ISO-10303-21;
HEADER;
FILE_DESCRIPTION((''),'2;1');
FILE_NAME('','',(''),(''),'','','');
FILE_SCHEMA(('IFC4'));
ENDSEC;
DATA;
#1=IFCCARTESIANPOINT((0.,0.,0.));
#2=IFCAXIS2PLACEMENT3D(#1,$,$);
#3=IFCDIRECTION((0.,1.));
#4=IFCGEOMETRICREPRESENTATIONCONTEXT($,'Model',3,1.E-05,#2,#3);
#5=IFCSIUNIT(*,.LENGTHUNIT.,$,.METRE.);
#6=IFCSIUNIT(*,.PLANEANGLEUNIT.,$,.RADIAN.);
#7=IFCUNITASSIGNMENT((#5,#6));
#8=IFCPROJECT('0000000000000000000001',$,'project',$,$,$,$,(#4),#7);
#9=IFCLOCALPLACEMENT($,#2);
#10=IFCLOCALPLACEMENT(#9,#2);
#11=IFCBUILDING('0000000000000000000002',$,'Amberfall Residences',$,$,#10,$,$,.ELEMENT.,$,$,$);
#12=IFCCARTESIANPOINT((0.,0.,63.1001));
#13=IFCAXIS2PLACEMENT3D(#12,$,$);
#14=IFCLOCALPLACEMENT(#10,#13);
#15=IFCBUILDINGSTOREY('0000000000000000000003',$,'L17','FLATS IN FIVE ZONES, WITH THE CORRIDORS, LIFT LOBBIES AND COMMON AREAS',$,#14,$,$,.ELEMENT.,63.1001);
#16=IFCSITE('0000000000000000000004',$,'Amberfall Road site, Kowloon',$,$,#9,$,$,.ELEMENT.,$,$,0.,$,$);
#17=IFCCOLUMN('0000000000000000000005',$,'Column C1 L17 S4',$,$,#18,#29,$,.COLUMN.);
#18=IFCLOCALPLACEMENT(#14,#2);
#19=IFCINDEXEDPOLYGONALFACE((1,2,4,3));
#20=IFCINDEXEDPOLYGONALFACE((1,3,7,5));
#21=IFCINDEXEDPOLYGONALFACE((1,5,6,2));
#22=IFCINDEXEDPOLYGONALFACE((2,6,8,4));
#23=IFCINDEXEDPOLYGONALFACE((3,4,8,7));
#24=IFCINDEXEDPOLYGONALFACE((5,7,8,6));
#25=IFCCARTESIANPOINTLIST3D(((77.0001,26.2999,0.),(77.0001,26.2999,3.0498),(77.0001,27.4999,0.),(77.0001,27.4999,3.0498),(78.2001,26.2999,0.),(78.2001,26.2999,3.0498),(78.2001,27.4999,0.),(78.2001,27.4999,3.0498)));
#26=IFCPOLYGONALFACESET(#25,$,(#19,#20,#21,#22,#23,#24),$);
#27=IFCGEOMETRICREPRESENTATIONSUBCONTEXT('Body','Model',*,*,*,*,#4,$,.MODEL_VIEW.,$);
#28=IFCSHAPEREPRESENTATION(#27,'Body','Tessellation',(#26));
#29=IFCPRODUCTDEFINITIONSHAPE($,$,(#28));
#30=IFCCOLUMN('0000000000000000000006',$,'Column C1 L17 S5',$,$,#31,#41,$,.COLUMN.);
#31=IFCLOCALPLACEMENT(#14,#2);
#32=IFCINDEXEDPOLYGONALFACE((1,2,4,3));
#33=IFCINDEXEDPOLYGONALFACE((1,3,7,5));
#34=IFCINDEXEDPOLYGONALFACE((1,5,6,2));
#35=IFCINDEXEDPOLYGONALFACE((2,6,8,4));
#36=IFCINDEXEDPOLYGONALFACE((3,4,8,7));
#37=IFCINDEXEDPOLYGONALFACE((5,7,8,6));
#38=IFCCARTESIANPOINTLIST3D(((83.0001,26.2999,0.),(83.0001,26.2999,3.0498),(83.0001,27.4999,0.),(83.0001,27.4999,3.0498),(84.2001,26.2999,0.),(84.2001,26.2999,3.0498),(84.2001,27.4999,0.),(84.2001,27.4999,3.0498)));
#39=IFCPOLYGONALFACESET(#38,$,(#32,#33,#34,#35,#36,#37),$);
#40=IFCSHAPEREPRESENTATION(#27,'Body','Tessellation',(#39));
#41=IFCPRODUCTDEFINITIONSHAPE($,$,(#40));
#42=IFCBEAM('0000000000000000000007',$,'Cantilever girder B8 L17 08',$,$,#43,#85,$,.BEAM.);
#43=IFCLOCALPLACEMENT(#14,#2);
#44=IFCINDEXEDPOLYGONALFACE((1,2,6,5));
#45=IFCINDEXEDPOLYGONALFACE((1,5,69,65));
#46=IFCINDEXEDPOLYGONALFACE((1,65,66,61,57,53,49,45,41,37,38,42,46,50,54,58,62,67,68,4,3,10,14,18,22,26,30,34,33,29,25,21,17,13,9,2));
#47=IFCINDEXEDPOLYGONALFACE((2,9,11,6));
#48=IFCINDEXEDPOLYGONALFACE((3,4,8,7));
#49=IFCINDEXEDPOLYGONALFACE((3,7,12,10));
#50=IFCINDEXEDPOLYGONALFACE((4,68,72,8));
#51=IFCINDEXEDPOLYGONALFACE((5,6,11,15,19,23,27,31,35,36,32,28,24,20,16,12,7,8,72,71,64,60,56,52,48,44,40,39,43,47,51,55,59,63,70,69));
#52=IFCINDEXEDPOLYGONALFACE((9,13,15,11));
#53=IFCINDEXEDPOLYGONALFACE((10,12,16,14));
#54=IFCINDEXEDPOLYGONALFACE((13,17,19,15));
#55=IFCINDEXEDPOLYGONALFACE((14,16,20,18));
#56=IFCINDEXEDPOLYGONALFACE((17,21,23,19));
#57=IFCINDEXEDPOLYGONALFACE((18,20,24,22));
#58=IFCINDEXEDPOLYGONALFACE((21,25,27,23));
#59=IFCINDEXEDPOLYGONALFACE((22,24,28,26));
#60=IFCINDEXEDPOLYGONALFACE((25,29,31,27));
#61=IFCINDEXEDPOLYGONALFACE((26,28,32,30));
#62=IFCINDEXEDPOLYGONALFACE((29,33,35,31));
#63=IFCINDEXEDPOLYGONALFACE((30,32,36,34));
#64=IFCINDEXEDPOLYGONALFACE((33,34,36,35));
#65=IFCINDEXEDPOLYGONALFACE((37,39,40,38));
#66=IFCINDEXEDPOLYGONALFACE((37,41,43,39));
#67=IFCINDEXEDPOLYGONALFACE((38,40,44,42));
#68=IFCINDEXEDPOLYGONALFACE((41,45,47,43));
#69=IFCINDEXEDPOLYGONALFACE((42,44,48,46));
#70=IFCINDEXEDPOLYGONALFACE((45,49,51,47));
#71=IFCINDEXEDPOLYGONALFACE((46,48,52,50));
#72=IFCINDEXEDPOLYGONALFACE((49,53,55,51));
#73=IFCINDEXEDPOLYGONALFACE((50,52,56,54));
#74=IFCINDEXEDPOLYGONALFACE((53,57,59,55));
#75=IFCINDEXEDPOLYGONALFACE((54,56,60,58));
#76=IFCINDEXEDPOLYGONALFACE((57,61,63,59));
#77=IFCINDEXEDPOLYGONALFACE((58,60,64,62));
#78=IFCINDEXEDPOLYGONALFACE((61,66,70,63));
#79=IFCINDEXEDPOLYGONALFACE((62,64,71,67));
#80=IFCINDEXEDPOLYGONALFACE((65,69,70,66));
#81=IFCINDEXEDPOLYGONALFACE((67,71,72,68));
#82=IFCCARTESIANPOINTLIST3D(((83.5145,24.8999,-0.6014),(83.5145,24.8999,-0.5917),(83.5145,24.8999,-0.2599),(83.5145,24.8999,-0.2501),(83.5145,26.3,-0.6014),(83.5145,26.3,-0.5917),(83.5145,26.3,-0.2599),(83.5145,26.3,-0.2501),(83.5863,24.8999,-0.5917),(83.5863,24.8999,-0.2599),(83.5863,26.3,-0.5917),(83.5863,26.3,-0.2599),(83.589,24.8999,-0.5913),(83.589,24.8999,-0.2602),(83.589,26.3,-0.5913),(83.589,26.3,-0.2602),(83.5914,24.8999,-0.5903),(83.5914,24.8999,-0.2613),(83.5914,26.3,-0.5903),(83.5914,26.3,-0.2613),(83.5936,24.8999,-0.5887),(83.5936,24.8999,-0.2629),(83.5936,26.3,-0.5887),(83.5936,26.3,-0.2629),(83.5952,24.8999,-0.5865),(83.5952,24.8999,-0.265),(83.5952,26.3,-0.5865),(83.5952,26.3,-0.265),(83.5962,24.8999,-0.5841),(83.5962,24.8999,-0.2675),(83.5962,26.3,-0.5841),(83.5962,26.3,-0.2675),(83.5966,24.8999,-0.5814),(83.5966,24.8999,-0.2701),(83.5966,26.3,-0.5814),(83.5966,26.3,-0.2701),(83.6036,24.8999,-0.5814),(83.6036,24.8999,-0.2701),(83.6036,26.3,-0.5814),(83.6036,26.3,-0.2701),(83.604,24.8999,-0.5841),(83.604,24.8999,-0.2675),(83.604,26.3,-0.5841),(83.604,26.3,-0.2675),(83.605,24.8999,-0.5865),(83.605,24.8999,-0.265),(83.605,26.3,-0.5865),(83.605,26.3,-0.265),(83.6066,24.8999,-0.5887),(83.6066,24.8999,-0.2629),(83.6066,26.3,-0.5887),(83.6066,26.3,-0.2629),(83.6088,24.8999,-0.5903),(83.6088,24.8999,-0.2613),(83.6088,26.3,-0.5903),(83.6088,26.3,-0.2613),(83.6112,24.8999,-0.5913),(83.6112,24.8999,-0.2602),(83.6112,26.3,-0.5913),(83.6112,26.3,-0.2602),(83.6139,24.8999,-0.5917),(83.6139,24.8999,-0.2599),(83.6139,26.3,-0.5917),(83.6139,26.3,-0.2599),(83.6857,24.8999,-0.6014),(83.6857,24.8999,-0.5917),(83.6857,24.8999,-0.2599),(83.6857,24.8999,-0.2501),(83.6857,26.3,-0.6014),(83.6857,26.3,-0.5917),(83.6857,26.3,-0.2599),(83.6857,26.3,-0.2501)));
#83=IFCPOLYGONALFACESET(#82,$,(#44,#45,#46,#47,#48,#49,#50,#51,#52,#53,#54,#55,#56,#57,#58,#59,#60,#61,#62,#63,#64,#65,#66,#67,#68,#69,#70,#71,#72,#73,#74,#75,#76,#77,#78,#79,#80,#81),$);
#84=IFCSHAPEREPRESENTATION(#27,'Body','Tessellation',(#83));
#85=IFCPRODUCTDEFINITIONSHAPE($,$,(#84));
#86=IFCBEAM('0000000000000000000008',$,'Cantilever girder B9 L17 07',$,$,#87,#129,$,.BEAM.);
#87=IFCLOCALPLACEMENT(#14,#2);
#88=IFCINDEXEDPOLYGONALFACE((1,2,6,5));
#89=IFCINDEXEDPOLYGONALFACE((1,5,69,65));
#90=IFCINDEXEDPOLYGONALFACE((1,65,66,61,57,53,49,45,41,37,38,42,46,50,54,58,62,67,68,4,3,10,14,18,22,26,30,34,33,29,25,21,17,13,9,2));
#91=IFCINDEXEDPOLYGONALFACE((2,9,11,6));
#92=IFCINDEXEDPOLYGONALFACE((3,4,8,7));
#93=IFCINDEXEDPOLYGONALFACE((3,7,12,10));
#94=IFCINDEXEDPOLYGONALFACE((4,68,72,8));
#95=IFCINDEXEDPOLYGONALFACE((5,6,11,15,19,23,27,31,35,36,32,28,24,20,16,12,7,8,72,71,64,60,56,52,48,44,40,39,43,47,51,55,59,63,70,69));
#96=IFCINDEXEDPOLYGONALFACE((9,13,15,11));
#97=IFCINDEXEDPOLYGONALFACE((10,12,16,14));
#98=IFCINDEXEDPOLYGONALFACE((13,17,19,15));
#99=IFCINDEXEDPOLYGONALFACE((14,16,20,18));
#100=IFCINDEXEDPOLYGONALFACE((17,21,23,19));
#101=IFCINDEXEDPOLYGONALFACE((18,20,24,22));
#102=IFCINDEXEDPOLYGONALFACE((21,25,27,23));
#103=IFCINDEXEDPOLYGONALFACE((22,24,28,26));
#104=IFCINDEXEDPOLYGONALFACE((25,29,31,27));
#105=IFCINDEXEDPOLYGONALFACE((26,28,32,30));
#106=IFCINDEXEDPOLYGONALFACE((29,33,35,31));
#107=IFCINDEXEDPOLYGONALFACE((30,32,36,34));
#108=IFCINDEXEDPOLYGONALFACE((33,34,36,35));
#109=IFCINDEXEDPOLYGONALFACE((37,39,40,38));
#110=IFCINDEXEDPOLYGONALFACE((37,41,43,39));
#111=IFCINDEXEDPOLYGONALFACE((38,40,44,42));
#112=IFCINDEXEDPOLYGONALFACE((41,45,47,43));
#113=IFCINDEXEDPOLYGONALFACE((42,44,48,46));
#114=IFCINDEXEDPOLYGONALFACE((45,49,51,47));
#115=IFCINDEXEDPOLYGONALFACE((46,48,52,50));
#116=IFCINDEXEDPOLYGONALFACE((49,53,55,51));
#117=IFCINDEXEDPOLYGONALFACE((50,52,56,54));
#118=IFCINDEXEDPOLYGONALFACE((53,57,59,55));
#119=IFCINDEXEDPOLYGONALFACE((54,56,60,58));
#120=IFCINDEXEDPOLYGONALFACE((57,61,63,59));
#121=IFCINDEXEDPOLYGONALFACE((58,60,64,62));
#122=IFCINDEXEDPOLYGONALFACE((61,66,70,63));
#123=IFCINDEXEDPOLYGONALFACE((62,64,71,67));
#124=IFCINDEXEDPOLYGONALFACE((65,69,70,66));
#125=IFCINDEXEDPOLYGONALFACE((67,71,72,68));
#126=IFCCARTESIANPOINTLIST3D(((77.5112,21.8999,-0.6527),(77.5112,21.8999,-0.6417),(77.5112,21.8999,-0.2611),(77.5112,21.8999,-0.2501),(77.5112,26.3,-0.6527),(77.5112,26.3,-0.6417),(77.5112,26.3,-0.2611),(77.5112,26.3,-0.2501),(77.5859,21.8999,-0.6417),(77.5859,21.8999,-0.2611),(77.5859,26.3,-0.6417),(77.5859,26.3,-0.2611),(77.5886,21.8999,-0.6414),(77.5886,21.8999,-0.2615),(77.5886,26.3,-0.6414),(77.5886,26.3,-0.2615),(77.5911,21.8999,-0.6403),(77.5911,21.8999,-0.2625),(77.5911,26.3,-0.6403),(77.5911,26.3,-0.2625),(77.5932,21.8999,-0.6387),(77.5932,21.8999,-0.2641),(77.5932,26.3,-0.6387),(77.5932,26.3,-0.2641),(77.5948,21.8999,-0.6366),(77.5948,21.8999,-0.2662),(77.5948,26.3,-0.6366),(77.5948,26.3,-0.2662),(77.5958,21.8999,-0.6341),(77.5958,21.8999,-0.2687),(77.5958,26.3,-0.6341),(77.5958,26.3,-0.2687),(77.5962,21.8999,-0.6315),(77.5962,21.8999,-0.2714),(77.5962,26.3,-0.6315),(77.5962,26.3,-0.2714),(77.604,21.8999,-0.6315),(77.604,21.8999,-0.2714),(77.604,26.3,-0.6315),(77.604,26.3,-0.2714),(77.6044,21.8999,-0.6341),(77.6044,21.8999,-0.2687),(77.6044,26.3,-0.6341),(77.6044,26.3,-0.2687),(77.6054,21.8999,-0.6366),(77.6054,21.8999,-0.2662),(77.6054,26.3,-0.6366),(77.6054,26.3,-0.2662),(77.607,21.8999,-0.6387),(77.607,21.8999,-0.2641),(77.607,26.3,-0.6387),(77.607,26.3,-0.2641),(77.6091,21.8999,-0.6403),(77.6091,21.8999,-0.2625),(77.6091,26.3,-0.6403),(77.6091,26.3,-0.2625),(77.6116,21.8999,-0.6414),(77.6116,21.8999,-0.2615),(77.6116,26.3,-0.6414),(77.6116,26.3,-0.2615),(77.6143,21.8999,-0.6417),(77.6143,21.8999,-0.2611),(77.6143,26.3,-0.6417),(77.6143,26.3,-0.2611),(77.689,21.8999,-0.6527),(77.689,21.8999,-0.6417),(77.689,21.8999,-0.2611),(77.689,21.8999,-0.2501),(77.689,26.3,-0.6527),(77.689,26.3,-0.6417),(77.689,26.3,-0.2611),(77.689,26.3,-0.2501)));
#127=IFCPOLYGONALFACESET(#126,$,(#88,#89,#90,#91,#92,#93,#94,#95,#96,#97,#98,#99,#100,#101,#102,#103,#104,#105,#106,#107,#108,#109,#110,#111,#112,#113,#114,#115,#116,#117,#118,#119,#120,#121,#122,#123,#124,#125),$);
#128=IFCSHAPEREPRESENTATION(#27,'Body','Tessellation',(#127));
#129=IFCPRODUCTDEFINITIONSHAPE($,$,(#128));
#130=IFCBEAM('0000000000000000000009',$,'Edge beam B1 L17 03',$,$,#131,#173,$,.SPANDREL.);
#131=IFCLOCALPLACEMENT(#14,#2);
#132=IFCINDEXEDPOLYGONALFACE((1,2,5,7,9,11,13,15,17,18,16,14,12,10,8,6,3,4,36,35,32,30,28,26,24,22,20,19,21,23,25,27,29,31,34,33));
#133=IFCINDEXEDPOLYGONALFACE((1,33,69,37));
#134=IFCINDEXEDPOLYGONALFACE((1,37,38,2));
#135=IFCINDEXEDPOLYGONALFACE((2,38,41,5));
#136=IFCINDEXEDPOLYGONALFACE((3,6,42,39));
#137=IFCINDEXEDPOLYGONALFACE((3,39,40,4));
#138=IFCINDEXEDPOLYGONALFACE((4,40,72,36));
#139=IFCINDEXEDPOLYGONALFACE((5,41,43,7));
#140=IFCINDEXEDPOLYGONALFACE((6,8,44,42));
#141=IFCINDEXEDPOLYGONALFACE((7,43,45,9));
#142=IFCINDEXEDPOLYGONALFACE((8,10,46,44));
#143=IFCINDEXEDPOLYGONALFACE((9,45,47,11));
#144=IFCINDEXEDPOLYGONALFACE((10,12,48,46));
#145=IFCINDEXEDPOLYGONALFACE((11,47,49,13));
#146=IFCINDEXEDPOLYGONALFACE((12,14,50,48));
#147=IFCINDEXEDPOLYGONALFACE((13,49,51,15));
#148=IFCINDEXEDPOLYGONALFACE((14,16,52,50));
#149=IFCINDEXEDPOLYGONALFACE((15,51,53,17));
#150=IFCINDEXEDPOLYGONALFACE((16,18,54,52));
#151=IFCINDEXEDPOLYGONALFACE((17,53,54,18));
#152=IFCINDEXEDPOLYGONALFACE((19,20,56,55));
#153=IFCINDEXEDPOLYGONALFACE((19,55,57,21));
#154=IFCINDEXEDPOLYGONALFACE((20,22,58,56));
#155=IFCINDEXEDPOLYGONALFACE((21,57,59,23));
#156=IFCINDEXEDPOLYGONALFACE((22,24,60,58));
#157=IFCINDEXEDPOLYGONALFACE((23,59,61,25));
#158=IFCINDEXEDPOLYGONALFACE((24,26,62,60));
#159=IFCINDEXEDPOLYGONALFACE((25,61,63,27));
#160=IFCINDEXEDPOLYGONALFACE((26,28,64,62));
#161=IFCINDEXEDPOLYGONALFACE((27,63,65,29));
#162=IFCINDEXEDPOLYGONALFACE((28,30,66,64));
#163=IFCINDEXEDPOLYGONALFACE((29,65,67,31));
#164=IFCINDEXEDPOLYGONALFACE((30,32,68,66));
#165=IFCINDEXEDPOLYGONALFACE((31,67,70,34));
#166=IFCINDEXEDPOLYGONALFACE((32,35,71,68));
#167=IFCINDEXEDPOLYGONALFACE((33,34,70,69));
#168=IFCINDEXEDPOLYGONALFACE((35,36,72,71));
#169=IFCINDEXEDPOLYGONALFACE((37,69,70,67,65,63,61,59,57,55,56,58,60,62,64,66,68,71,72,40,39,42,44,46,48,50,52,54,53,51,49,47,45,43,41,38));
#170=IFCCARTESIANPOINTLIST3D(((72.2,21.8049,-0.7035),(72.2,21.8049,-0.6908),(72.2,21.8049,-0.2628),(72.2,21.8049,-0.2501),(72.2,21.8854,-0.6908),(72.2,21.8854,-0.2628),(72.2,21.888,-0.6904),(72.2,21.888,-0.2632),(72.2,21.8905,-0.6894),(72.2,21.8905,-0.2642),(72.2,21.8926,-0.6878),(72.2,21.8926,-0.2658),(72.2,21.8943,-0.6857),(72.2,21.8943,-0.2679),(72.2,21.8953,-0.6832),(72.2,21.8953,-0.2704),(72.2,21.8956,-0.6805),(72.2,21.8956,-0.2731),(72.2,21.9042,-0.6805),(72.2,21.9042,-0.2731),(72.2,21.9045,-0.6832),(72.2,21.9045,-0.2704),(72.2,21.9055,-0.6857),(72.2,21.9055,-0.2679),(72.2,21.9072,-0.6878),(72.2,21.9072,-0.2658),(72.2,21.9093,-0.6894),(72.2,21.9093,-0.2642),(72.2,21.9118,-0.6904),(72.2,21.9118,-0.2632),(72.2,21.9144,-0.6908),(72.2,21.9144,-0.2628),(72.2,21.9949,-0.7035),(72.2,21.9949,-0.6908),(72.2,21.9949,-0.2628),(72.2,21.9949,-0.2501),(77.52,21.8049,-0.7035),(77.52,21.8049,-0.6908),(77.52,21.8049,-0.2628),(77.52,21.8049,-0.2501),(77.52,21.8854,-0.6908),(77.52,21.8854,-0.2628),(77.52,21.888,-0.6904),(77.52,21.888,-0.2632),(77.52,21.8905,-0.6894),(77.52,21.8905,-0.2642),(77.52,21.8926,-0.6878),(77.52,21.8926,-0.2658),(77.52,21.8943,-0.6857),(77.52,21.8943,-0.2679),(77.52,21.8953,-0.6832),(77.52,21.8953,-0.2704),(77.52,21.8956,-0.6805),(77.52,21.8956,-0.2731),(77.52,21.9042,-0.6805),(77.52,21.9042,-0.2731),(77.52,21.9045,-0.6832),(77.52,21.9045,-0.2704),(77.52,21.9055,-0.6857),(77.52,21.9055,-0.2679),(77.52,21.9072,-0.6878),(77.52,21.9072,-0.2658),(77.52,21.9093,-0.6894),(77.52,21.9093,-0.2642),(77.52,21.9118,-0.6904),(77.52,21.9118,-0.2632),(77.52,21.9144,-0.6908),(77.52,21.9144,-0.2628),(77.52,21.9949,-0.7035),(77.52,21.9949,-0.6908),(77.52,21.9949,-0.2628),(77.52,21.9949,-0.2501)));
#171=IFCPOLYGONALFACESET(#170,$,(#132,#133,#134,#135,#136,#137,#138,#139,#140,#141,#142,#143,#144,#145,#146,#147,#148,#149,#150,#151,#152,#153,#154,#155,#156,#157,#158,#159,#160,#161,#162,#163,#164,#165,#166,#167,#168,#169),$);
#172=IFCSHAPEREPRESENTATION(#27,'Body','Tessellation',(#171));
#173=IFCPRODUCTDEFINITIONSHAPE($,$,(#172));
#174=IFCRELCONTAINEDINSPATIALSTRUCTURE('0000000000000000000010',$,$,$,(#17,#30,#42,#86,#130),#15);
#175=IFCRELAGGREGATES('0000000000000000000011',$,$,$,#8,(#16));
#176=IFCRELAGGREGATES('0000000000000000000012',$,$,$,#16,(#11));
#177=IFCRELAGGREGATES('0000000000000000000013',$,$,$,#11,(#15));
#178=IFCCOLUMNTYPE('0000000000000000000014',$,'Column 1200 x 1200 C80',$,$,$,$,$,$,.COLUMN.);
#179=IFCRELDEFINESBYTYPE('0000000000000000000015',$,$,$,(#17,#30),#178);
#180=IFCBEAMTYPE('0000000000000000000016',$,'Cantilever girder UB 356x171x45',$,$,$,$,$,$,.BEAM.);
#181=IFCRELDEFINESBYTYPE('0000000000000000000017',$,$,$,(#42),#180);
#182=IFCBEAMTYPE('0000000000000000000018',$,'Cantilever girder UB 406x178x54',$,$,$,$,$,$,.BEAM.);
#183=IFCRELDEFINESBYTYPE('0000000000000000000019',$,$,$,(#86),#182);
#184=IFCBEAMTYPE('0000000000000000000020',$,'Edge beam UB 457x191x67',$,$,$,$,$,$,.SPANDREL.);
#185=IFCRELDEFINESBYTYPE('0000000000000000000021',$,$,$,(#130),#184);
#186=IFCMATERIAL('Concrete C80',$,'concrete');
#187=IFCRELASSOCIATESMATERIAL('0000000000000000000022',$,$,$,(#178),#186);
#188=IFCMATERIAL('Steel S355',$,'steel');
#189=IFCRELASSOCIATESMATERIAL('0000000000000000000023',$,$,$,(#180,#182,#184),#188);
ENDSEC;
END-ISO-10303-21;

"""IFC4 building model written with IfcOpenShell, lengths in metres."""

from ifc_helpers import new_model, si_unit, direction, frame, origin, origin_2d, place, context, subcontext, project, spatial, rectangle, i_section, extrude, material, material_profile, profile_set, type_object, element, save


model = new_model("IFC4")

# Units and contexts
model_context = context("Model", 3, precision=1e-05, world=origin(), true_north=direction((0.0, 1.0)))
body_context = subcontext(model_context, "Body", "Model", "MODEL_VIEW")
ifc_project = project(units=[si_unit("LENGTHUNIT", "METRE"), si_unit("PLANEANGLEUNIT", "RADIAN")], contexts=[model_context])

# Site, building, storey
site_placement = place(None, origin())
site = spatial("IfcSite", under=ifc_project, at=site_placement, Name="Amberfall Road site, Kowloon", CompositionType="ELEMENT", RefElevation=0.0)
building_placement = place(site_placement, origin())
building = spatial("IfcBuilding", under=site, at=building_placement, Name="Amberfall Residences", CompositionType="ELEMENT")
storey_placement = place(building_placement, frame((0.0, 0.0, 63.1001)))
storey = spatial("IfcBuildingStorey", under=building, at=storey_placement, Name="L17", Description="FLATS IN FIVE ZONES, WITH THE CORRIDORS, LIFT LOBBIES AND COMMON AREAS", CompositionType="ELEMENT", Elevation=63.1001)

# Columns
ifc_material_1 = material(Name="Concrete C80", Category="concrete")
ifc_material_profile_1 = material_profile(ifc_material_1, rectangle(XDim=1.2, YDim=1.2, at=origin_2d()), Name="Column 1200 x 1200 C80")
ifc_profile_set_1 = profile_set([ifc_material_profile_1], Name="Concrete C80")
column_type = type_object("IfcColumnType", Name="Column 1200 x 1200 C80", PredefinedType="COLUMN", material=ifc_profile_set_1)
for number, where, z_axis, x_axis, name in (
    (1, (77.6001, 26.8999, 0.0), (0.0, 0.0, 1.0), (1.0, 0.0, 0.0), "Column C1 L17 S4"),
    (2, (83.6001, 26.8999, 0.0), (0.0, 0.0, 1.0), (1.0, 0.0, 0.0), "Column C1 L17 S5"),
):
    element("IfcColumn", number, at=place(storey_placement, frame(where, z_axis=z_axis, x_axis=x_axis)), inside=storey, type_object=column_type, Name=name, PredefinedType="COLUMN", context=body_context, shape_type="SweptSolid", body=[
        extrude(rectangle(XDim=1.2, YDim=1.2, at=origin_2d()), origin(), (0.0, 0.0, 1.0), 3.0498),
    ])

# Beams
ifc_material_2 = material(Name="Steel S355", Category="steel")
ifc_material_profile_2 = material_profile(ifc_material_2, i_section(OverallWidth=0.1711, OverallDepth=0.3513, WebThickness=0.0071, FlangeThickness=0.0098, FilletRadius=0.0103, at=origin_2d()), Name="UB 356x171x45")
ifc_profile_set_2 = profile_set([ifc_material_profile_2], Name="Steel S355")
beam_type_1 = type_object("IfcBeamType", Name="Cantilever girder UB 356x171x45", PredefinedType="BEAM", material=ifc_profile_set_2)
beam_1_placement = place(storey_placement, frame((83.6001, 26.3, -0.4258), z_axis=(0.0, -1.0, 0.0), x_axis=(1.0, 0.0, 0.0)))
element("IfcBeam", 3, at=beam_1_placement, inside=storey, type_object=beam_type_1, Name="Cantilever girder B8 L17 08", PredefinedType="BEAM", context=body_context, shape_type="SweptSolid", body=[
    extrude(i_section(OverallWidth=0.1711, OverallDepth=0.3513, WebThickness=0.0071, FlangeThickness=0.0098, FilletRadius=0.0103, at=origin_2d()), origin(), (0.0, 0.0, 1.0), 1.4001),
])
ifc_material_profile_3 = material_profile(ifc_material_2, i_section(OverallWidth=0.1777, OverallDepth=0.4026, WebThickness=0.0078, FlangeThickness=0.011, FilletRadius=0.0103, at=origin_2d()), Name="UB 406x178x54")
ifc_profile_set_3 = profile_set([ifc_material_profile_3], Name="Steel S355")
beam_type_2 = type_object("IfcBeamType", Name="Cantilever girder UB 406x178x54", PredefinedType="BEAM", material=ifc_profile_set_3)
beam_2_placement = place(storey_placement, frame((77.6001, 26.3, -0.4514), z_axis=(0.0, -1.0, 0.0), x_axis=(1.0, 0.0, 0.0)))
element("IfcBeam", 4, at=beam_2_placement, inside=storey, type_object=beam_type_2, Name="Cantilever girder B9 L17 07", PredefinedType="BEAM", context=body_context, shape_type="SweptSolid", body=[
    extrude(i_section(OverallWidth=0.1777, OverallDepth=0.4026, WebThickness=0.0078, FlangeThickness=0.011, FilletRadius=0.0103, at=origin_2d()), origin(), (0.0, 0.0, 1.0), 4.4001),
])
ifc_material_profile_4 = material_profile(ifc_material_2, i_section(OverallWidth=0.1899, OverallDepth=0.4534, WebThickness=0.0085, FlangeThickness=0.0127, FilletRadius=0.0103, at=origin_2d()), Name="UB 457x191x67")
ifc_profile_set_4 = profile_set([ifc_material_profile_4], Name="Steel S355")
beam_type_3 = type_object("IfcBeamType", Name="Edge beam UB 457x191x67", PredefinedType="SPANDREL", material=ifc_profile_set_4)
beam_3_placement = place(storey_placement, frame((72.2, 21.8999, -0.4768), z_axis=(1.0, 0.0, 0.0), x_axis=(0.0, 1.0, 0.0)))
element("IfcBeam", 5, at=beam_3_placement, inside=storey, type_object=beam_type_3, Name="Edge beam B1 L17 03", PredefinedType="SPANDREL", context=body_context, shape_type="SweptSolid", body=[
    extrude(i_section(OverallWidth=0.1899, OverallDepth=0.4534, WebThickness=0.0085, FlangeThickness=0.0127, FilletRadius=0.0103, at=origin_2d()), origin(), (0.0, 0.0, 1.0), 5.3201),
])

save(model, "model.ifc")
